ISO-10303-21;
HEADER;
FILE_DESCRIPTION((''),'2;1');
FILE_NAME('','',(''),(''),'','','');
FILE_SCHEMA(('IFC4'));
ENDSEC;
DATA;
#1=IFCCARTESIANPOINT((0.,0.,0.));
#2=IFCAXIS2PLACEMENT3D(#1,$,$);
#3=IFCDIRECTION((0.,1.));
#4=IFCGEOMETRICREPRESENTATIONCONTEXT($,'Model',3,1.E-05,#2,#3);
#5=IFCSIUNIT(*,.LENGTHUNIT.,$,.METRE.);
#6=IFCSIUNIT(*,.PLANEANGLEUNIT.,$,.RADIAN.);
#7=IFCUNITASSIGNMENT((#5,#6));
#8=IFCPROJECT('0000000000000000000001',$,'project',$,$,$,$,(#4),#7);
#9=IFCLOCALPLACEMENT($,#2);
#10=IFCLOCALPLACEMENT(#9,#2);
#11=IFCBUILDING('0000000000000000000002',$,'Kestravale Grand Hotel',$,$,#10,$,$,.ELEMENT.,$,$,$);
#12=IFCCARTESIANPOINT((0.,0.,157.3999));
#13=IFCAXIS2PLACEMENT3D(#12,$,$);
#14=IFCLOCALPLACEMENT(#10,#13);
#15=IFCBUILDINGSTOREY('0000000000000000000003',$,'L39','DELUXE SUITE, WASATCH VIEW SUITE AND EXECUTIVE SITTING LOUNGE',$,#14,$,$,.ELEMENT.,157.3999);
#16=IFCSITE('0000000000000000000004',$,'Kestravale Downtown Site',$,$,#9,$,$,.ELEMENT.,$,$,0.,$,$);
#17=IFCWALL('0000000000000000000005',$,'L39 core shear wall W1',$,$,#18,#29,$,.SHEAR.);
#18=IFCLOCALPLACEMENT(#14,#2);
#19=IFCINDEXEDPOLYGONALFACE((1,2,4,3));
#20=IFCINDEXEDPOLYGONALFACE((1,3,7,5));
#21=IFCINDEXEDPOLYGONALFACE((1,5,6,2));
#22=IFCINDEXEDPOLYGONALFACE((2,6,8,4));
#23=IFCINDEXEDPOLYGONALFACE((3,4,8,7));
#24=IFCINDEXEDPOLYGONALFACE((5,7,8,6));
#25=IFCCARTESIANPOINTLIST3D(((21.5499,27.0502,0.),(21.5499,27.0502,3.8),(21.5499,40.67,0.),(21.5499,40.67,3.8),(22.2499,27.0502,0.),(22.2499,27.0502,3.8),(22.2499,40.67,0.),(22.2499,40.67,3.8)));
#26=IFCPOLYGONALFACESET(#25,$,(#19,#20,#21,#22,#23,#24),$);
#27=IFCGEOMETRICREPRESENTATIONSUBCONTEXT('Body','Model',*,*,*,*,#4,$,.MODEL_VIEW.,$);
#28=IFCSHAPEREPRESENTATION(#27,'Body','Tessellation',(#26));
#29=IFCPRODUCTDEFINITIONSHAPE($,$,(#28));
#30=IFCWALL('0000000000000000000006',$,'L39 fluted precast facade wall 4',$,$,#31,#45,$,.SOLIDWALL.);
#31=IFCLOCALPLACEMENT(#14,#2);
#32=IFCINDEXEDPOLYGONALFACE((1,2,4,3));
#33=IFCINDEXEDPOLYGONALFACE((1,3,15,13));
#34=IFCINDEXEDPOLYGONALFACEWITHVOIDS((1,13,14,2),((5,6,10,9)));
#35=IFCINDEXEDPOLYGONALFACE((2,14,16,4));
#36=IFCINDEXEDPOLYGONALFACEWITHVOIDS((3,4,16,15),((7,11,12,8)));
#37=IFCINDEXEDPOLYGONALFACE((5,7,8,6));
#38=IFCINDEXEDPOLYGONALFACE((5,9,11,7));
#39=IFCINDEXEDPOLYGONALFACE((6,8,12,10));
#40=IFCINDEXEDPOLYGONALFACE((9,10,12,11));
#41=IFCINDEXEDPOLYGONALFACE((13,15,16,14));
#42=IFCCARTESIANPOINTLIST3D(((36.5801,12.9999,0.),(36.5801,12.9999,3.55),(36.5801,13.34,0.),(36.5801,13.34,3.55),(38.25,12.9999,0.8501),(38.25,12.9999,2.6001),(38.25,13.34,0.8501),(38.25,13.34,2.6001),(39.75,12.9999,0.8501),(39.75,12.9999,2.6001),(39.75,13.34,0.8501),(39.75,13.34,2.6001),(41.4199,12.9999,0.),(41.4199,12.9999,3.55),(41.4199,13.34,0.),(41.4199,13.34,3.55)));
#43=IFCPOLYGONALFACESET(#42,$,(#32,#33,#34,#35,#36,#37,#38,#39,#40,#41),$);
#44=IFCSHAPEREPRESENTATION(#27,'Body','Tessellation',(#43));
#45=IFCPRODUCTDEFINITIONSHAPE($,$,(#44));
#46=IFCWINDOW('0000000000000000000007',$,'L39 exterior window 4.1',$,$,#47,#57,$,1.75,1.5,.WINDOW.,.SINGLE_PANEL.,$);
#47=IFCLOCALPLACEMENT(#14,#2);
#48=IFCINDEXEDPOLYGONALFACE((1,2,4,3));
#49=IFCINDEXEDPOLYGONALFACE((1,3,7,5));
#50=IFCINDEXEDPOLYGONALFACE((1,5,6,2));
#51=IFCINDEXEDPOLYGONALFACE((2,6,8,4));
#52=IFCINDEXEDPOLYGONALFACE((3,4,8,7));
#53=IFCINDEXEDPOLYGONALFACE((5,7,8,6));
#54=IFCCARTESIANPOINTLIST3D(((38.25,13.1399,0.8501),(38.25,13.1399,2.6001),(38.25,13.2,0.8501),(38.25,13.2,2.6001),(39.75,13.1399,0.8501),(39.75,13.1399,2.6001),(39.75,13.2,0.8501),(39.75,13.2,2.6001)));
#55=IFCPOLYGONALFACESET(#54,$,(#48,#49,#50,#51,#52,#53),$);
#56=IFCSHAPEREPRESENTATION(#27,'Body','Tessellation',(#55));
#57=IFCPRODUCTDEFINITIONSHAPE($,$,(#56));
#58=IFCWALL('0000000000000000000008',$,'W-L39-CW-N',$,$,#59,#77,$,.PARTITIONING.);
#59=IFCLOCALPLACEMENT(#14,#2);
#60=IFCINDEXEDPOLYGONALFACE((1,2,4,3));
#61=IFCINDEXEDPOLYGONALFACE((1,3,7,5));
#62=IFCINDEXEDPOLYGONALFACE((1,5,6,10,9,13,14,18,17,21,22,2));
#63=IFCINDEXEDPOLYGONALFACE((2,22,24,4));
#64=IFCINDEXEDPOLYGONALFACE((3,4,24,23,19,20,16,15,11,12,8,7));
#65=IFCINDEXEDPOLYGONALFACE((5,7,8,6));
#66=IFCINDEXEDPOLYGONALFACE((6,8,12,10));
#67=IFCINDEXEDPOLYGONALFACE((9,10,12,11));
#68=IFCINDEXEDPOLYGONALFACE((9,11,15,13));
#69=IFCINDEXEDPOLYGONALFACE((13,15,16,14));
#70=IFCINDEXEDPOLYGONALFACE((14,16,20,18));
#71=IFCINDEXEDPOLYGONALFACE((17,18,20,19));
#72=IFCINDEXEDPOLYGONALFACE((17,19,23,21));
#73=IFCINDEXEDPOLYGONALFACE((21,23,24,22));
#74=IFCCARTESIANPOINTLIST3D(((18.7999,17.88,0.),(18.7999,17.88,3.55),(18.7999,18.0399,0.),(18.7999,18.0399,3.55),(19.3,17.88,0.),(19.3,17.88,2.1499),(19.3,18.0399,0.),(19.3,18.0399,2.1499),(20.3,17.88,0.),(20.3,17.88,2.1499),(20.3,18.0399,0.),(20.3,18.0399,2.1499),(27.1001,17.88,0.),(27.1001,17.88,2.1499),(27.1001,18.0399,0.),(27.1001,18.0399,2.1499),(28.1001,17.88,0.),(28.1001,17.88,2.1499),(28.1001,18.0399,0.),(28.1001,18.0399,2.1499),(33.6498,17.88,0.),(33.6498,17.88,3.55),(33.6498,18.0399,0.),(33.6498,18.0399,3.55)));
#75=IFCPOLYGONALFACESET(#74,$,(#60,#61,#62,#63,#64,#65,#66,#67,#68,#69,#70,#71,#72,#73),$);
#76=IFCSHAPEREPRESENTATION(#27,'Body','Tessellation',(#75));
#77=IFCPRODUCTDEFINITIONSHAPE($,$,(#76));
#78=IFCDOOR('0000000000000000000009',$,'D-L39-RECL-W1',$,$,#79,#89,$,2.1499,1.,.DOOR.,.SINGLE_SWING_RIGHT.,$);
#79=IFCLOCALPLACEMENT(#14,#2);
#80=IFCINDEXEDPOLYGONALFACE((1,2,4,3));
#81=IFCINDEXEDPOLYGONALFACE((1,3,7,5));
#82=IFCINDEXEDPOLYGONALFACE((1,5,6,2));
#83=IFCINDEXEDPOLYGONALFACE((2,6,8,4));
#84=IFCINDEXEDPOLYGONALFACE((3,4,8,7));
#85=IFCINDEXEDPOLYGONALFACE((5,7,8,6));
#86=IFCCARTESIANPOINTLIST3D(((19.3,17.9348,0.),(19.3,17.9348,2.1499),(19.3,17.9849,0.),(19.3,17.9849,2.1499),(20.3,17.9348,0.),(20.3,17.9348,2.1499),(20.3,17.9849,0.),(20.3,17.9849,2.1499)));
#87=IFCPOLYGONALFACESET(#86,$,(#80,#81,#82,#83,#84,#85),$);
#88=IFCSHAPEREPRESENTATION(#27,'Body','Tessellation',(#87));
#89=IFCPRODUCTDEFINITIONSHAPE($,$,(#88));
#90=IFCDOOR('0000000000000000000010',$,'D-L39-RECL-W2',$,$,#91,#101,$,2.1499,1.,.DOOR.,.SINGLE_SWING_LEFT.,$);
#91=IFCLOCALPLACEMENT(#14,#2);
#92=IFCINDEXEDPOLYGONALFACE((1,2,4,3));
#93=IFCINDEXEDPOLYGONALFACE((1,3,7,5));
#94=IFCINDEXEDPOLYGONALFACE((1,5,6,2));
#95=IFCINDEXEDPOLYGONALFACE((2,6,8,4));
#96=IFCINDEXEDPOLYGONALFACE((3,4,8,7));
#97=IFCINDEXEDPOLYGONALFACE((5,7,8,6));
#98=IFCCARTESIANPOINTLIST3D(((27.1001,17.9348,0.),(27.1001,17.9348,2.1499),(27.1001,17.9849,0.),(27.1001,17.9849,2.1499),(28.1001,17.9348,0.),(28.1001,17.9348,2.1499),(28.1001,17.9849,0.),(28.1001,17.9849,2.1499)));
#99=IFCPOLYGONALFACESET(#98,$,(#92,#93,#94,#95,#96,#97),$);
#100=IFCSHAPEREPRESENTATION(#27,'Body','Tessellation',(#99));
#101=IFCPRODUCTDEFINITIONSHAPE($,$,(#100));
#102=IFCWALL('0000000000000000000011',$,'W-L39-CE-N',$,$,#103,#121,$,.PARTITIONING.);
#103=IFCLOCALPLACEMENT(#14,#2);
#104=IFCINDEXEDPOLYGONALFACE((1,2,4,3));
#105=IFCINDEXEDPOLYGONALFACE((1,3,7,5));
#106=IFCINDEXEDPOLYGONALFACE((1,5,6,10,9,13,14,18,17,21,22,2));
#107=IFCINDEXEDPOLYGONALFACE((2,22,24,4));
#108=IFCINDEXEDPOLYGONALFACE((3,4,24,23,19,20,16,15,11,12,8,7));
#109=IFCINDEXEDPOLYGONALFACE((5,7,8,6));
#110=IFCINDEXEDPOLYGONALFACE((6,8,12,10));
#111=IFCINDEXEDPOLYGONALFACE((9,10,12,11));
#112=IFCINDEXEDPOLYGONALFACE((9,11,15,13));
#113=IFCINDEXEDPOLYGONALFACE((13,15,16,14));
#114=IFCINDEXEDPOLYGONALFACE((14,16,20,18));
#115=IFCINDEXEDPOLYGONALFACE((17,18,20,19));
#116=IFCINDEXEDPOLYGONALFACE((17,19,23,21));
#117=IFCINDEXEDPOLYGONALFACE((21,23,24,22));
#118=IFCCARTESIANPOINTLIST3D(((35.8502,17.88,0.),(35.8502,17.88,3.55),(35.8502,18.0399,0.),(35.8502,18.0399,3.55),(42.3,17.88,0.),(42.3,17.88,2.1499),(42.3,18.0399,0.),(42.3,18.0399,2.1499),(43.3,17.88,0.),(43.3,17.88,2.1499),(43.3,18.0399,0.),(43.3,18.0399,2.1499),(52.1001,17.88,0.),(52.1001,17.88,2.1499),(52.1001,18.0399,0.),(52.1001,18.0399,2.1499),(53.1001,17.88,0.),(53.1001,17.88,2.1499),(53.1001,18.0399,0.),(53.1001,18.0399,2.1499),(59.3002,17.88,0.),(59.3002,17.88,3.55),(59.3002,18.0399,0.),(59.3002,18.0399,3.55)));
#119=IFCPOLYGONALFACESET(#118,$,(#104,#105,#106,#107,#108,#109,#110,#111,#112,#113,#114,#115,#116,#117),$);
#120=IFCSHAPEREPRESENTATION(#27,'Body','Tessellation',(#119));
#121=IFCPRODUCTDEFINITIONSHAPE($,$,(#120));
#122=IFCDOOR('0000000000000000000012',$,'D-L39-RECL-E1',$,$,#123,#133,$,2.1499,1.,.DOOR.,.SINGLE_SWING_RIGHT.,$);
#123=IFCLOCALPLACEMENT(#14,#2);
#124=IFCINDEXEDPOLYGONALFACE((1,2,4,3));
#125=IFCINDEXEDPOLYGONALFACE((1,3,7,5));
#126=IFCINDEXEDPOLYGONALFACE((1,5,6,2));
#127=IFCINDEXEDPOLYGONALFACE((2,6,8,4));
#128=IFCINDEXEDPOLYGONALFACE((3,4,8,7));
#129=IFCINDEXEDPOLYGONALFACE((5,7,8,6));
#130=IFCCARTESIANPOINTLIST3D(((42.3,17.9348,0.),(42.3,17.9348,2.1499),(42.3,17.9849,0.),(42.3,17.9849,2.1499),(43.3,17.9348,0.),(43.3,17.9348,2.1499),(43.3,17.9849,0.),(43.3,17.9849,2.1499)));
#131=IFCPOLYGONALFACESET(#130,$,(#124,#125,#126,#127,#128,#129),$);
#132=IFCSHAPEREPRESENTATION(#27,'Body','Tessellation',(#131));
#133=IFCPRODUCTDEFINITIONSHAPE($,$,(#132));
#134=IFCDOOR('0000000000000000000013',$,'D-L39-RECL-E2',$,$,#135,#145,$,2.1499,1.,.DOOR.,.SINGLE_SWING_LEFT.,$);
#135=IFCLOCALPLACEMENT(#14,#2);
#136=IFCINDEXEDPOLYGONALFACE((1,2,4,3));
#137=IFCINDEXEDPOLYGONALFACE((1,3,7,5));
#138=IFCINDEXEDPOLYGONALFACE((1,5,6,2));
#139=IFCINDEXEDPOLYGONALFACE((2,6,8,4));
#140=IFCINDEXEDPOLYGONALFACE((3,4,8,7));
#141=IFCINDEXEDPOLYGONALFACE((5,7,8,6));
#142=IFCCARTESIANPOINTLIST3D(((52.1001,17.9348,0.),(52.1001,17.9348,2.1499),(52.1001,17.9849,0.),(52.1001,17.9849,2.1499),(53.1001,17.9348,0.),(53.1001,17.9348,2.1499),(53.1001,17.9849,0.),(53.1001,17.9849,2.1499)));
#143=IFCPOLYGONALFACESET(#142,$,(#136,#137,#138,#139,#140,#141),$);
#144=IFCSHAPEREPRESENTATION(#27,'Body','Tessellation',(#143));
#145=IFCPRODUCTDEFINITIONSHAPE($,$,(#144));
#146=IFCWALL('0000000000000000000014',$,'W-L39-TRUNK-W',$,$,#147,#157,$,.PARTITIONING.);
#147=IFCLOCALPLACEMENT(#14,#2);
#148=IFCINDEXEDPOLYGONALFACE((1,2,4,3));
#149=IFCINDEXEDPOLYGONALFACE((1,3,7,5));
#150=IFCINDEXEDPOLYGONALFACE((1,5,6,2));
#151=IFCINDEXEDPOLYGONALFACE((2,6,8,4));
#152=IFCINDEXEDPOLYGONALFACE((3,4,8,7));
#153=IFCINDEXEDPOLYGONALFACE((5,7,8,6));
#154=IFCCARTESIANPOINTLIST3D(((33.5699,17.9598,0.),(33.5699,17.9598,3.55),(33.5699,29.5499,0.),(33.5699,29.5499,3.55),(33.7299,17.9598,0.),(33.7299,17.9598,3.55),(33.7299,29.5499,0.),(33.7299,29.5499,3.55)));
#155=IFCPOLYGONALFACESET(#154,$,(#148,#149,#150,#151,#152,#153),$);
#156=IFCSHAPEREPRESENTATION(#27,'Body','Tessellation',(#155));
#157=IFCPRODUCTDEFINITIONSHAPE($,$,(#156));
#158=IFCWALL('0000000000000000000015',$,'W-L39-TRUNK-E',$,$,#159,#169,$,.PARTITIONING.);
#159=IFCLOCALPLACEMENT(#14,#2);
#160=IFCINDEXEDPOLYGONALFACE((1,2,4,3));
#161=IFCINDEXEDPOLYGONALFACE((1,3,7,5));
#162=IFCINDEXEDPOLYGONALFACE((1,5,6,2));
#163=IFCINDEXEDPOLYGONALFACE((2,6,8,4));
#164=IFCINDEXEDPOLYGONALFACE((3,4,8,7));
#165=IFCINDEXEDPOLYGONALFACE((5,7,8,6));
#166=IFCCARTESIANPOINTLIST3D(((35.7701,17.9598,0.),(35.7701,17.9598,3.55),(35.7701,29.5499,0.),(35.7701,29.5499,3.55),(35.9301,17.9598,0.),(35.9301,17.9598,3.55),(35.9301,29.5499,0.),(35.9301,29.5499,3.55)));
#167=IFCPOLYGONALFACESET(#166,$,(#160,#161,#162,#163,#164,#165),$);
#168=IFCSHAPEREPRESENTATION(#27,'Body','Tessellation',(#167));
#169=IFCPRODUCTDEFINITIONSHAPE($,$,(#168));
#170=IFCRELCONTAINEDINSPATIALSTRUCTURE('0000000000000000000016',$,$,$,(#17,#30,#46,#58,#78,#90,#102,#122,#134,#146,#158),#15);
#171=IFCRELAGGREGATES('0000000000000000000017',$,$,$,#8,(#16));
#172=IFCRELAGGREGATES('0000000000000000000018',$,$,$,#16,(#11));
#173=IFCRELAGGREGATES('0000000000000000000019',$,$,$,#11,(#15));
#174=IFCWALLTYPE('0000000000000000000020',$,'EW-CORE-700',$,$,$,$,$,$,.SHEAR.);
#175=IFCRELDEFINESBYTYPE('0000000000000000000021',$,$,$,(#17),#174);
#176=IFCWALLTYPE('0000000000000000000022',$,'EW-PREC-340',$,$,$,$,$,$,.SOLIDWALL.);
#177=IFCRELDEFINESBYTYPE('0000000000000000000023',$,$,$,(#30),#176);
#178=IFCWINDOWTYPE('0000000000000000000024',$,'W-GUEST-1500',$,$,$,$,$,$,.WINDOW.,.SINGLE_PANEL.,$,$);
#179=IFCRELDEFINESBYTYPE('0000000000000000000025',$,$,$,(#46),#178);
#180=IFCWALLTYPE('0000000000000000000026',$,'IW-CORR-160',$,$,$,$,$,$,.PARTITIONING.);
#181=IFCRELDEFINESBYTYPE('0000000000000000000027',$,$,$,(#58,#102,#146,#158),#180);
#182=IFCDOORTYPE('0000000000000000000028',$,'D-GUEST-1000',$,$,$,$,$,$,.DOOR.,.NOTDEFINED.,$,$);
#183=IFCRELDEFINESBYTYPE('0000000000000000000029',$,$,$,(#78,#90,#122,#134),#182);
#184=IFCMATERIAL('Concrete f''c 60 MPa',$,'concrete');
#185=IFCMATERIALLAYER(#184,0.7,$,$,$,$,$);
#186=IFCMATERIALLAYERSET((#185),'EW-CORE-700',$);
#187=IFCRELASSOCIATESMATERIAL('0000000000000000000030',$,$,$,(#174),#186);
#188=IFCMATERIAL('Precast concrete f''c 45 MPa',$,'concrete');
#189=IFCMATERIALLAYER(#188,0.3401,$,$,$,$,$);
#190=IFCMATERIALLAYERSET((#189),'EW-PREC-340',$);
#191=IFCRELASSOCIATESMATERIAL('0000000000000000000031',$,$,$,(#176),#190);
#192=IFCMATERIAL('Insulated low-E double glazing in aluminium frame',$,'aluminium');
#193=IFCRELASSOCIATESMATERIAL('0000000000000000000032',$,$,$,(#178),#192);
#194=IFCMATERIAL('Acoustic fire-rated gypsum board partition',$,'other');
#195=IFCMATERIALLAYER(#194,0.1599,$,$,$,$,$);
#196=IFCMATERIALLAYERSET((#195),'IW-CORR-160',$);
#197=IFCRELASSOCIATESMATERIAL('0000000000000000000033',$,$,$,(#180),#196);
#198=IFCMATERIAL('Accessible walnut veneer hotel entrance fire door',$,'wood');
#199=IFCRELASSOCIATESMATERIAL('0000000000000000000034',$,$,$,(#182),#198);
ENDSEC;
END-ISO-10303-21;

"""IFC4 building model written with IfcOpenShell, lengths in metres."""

from ifc_helpers import new_model, si_unit, direction, frame, frame_2d, origin, place, context, subcontext, project, spatial, rectangle, extrude, material, layer, layer_set, type_object, element, fill, save


model = new_model("IFC4")

# Units and contexts
model_context = context("Model", 3, precision=1e-05, world=origin(), true_north=direction((0.0, 1.0)))
body_context = subcontext(model_context, "Body", "Model", "MODEL_VIEW")
ifc_project = project(units=[si_unit("LENGTHUNIT", "METRE"), si_unit("PLANEANGLEUNIT", "RADIAN")], contexts=[model_context])

# Site, building, storey
site_placement = place(None, origin())
site = spatial("IfcSite", under=ifc_project, at=site_placement, Name="Kestravale Downtown Site", CompositionType="ELEMENT", RefElevation=0.0)
building_placement = place(site_placement, origin())
building = spatial("IfcBuilding", under=site, at=building_placement, Name="Kestravale Grand Hotel", CompositionType="ELEMENT")
storey_placement = place(building_placement, frame((0.0, 0.0, 157.3999)))
storey = spatial("IfcBuildingStorey", under=building, at=storey_placement, Name="L39", Description="DELUXE SUITE, WASATCH VIEW SUITE AND EXECUTIVE SITTING LOUNGE", CompositionType="ELEMENT", Elevation=157.3999)

# Wall
ifc_material_1 = material(Name="Concrete f'c 60 MPa", Category="concrete")
ifc_layer_1 = layer(ifc_material_1, 0.7)
ifc_layer_set_1 = layer_set([ifc_layer_1], Name="EW-CORE-700")
wall_type_1 = type_object("IfcWallType", Name="EW-CORE-700", PredefinedType="SHEAR", material=ifc_layer_set_1)
wall_1_placement = place(storey_placement, frame((21.8999, 27.05, 0.0), z_axis=(0.0, 0.0, 1.0), x_axis=(0.0, 1.0, 0.0)))
element("IfcWall", 1, at=wall_1_placement, inside=storey, type_object=wall_type_1, Name="L39 core shear wall W1", PredefinedType="SHEAR", context=body_context, shape_type="SweptSolid", body=[
    extrude(rectangle(XDim=13.6199, YDim=0.7, at=frame_2d((6.8101, 0.0))), origin(), (0.0, 0.0, 1.0), 3.8),
])

# Wall, opening, window
ifc_material_2 = material(Name="Precast concrete f'c 45 MPa", Category="concrete")
ifc_layer_2 = layer(ifc_material_2, 0.3401)
ifc_layer_set_2 = layer_set([ifc_layer_2], Name="EW-PREC-340")
wall_type_2 = type_object("IfcWallType", Name="EW-PREC-340", PredefinedType="SOLIDWALL", material=ifc_layer_set_2)
wall_2_placement = place(storey_placement, frame((36.5801, 13.1699, 0.0), z_axis=(0.0, 0.0, 1.0), x_axis=(1.0, 0.0, 0.0)))
wall_2 = element("IfcWall", 2, at=wall_2_placement, inside=storey, type_object=wall_type_2, Name="L39 fluted precast facade wall 4", PredefinedType="SOLIDWALL", context=body_context, shape_type="SweptSolid", body=[
    extrude(rectangle(XDim=4.8398, YDim=0.3401, at=frame_2d((2.4199, 0.0))), origin(), (0.0, 0.0, 1.0), 3.55),
])
opening_1_placement = place(wall_2_placement, frame((1.6699, 0.0, 0.8501)))
opening_1 = element("IfcOpeningElement", 3, at=opening_1_placement, cuts=wall_2, PredefinedType="OPENING", context=body_context, shape_type="SweptSolid", body=[
    extrude(rectangle(XDim=1.5, YDim=1.75, at=frame_2d((0.75, 0.875))), frame((0.0, 0.1799, 0.0), z_axis=(0.0, -1.0, 0.0), x_axis=(1.0, 0.0, 0.0)), (0.0, 0.0, 1.0), 0.3601),
])
ifc_material_3 = material(Name="Insulated low-E double glazing in aluminium frame", Category="aluminium")
window_type = type_object("IfcWindowType", Name="W-GUEST-1500", PartitioningType="SINGLE_PANEL", PredefinedType="WINDOW", material=ifc_material_3)
window_placement = place(opening_1_placement, origin())
window = element("IfcWindow", 4, at=window_placement, inside=storey, type_object=window_type, Name="L39 exterior window 4.1", OverallHeight=1.75, OverallWidth=1.5, PartitioningType="SINGLE_PANEL", PredefinedType="WINDOW", context=body_context, shape_type="SweptSolid", body=[
    extrude(rectangle(XDim=1.5, YDim=1.75, at=frame_2d((0.75, 0.875))), frame((0.0, 0.03, 0.0), z_axis=(0.0, -1.0, 0.0), x_axis=(1.0, 0.0, 0.0)), (0.0, 0.0, 1.0), 0.0601),
])
fill(opening_1, window)

# Walls, openings, doors
ifc_material_4 = material(Name="Acoustic fire-rated gypsum board partition", Category="other")
ifc_layer_3 = layer(ifc_material_4, 0.1599)
ifc_layer_set_3 = layer_set([ifc_layer_3], Name="IW-CORR-160")
wall_type_3 = type_object("IfcWallType", Name="IW-CORR-160", PredefinedType="PARTITIONING", material=ifc_layer_set_3)
wall_3_placement = place(storey_placement, frame((18.8, 17.96, 0.0), z_axis=(0.0, 0.0, 1.0), x_axis=(1.0, 0.0, 0.0)))
wall_3 = element("IfcWall", 5, at=wall_3_placement, inside=storey, type_object=wall_type_3, Name="W-L39-CW-N", PredefinedType="PARTITIONING", context=body_context, shape_type="SweptSolid", body=[
    extrude(rectangle(XDim=14.8499, YDim=0.1599, at=frame_2d((7.4248, 0.0))), origin(), (0.0, 0.0, 1.0), 3.55),
])
opening_2_placement = place(wall_3_placement, frame((0.5, 0.0, 0.0)))
opening_2 = element("IfcOpeningElement", 6, at=opening_2_placement, cuts=wall_3, PredefinedType="OPENING", context=body_context, shape_type="SweptSolid", body=[
    extrude(rectangle(XDim=1.0, YDim=2.1499, at=frame_2d((0.5, 1.075))), frame((0.0, 0.0898, 0.0), z_axis=(0.0, -1.0, 0.0), x_axis=(1.0, 0.0, 0.0)), (0.0, 0.0, 1.0), 0.1799),
])
opening_3_placement = place(wall_3_placement, frame((8.3, 0.0, 0.0)))
opening_3 = element("IfcOpeningElement", 7, at=opening_3_placement, cuts=wall_3, PredefinedType="OPENING", context=body_context, shape_type="SweptSolid", body=[
    extrude(rectangle(XDim=1.0, YDim=2.1499, at=frame_2d((0.5, 1.075))), frame((0.0, 0.0898, 0.0), z_axis=(0.0, -1.0, 0.0), x_axis=(1.0, 0.0, 0.0)), (0.0, 0.0, 1.0), 0.1799),
])
ifc_material_5 = material(Name="Accessible walnut veneer hotel entrance fire door", Category="wood")
door_type_1 = type_object("IfcDoorType", Name="D-GUEST-1000", OperationType="NOTDEFINED", PredefinedType="DOOR", material=ifc_material_5)
door_1_placement = place(opening_2_placement, origin())
door_1 = element("IfcDoor", 8, at=door_1_placement, inside=storey, type_object=door_type_1, Name="D-L39-RECL-W1", OperationType="SINGLE_SWING_RIGHT", OverallHeight=2.1499, OverallWidth=1.0, PredefinedType="DOOR", context=body_context, shape_type="SweptSolid", body=[
    extrude(rectangle(XDim=1.0, YDim=2.1499, at=frame_2d((0.5, 1.075))), frame((0.0, 0.0249, 0.0), z_axis=(0.0, -1.0, 0.0), x_axis=(1.0, 0.0, 0.0)), (0.0, 0.0, 1.0), 0.05),
])
fill(opening_2, door_1)
door_2_placement = place(opening_3_placement, origin())
door_2 = element("IfcDoor", 9, at=door_2_placement, inside=storey, type_object=door_type_1, Name="D-L39-RECL-W2", OperationType="SINGLE_SWING_LEFT", OverallHeight=2.1499, OverallWidth=1.0, PredefinedType="DOOR", context=body_context, shape_type="SweptSolid", body=[
    extrude(rectangle(XDim=1.0, YDim=2.1499, at=frame_2d((0.5, 1.075))), frame((0.0, 0.0249, 0.0), z_axis=(0.0, -1.0, 0.0), x_axis=(1.0, 0.0, 0.0)), (0.0, 0.0, 1.0), 0.05),
])
fill(opening_3, door_2)
wall_4_placement = place(storey_placement, frame((35.8501, 17.96, 0.0), z_axis=(0.0, 0.0, 1.0), x_axis=(1.0, 0.0, 0.0)))
wall_4 = element("IfcWall", 10, at=wall_4_placement, inside=storey, type_object=wall_type_3, Name="W-L39-CE-N", PredefinedType="PARTITIONING", context=body_context, shape_type="SweptSolid", body=[
    extrude(rectangle(XDim=23.45, YDim=0.1599, at=frame_2d((11.7251, 0.0))), origin(), (0.0, 0.0, 1.0), 3.55),
])
opening_4_placement = place(wall_4_placement, frame((6.45, 0.0, 0.0)))
opening_4 = element("IfcOpeningElement", 11, at=opening_4_placement, cuts=wall_4, PredefinedType="OPENING", context=body_context, shape_type="SweptSolid", body=[
    extrude(rectangle(XDim=1.0, YDim=2.1499, at=frame_2d((0.5, 1.075))), frame((0.0, 0.0898, 0.0), z_axis=(0.0, -1.0, 0.0), x_axis=(1.0, 0.0, 0.0)), (0.0, 0.0, 1.0), 0.1799),
])
opening_5_placement = place(wall_4_placement, frame((16.25, 0.0, 0.0)))
opening_5 = element("IfcOpeningElement", 12, at=opening_5_placement, cuts=wall_4, PredefinedType="OPENING", context=body_context, shape_type="SweptSolid", body=[
    extrude(rectangle(XDim=1.0, YDim=2.1499, at=frame_2d((0.5, 1.075))), frame((0.0, 0.0898, 0.0), z_axis=(0.0, -1.0, 0.0), x_axis=(1.0, 0.0, 0.0)), (0.0, 0.0, 1.0), 0.1799),
])
door_3_placement = place(opening_4_placement, origin())
door_3 = element("IfcDoor", 13, at=door_3_placement, inside=storey, type_object=door_type_1, Name="D-L39-RECL-E1", OperationType="SINGLE_SWING_RIGHT", OverallHeight=2.1499, OverallWidth=1.0, PredefinedType="DOOR", context=body_context, shape_type="SweptSolid", body=[
    extrude(rectangle(XDim=1.0, YDim=2.1499, at=frame_2d((0.5, 1.075))), frame((0.0, 0.0249, 0.0), z_axis=(0.0, -1.0, 0.0), x_axis=(1.0, 0.0, 0.0)), (0.0, 0.0, 1.0), 0.05),
])
fill(opening_4, door_3)
door_4_placement = place(opening_5_placement, origin())
door_4 = element("IfcDoor", 14, at=door_4_placement, inside=storey, type_object=door_type_1, Name="D-L39-RECL-E2", OperationType="SINGLE_SWING_LEFT", OverallHeight=2.1499, OverallWidth=1.0, PredefinedType="DOOR", context=body_context, shape_type="SweptSolid", body=[
    extrude(rectangle(XDim=1.0, YDim=2.1499, at=frame_2d((0.5, 1.075))), frame((0.0, 0.0249, 0.0), z_axis=(0.0, -1.0, 0.0), x_axis=(1.0, 0.0, 0.0)), (0.0, 0.0, 1.0), 0.05),
])
fill(opening_5, door_4)

# Walls
for number, where, z_axis, x_axis, name in (
    (15, (33.6499, 17.96, 0.0), (0.0, 0.0, 1.0), (0.0, 1.0, 0.0), "W-L39-TRUNK-W"),
    (16, (35.8501, 17.96, 0.0), (0.0, 0.0, 1.0), (0.0, 1.0, 0.0), "W-L39-TRUNK-E"),
):
    element("IfcWall", number, at=place(storey_placement, frame(where, z_axis=z_axis, x_axis=x_axis)), inside=storey, type_object=wall_type_3, Name=name, PredefinedType="PARTITIONING", context=body_context, shape_type="SweptSolid", body=[
        extrude(rectangle(XDim=11.5901, YDim=0.1599, at=frame_2d((5.7949, 0.0))), origin(), (0.0, 0.0, 1.0), 3.55),
    ])

save(model, "model.ifc")
